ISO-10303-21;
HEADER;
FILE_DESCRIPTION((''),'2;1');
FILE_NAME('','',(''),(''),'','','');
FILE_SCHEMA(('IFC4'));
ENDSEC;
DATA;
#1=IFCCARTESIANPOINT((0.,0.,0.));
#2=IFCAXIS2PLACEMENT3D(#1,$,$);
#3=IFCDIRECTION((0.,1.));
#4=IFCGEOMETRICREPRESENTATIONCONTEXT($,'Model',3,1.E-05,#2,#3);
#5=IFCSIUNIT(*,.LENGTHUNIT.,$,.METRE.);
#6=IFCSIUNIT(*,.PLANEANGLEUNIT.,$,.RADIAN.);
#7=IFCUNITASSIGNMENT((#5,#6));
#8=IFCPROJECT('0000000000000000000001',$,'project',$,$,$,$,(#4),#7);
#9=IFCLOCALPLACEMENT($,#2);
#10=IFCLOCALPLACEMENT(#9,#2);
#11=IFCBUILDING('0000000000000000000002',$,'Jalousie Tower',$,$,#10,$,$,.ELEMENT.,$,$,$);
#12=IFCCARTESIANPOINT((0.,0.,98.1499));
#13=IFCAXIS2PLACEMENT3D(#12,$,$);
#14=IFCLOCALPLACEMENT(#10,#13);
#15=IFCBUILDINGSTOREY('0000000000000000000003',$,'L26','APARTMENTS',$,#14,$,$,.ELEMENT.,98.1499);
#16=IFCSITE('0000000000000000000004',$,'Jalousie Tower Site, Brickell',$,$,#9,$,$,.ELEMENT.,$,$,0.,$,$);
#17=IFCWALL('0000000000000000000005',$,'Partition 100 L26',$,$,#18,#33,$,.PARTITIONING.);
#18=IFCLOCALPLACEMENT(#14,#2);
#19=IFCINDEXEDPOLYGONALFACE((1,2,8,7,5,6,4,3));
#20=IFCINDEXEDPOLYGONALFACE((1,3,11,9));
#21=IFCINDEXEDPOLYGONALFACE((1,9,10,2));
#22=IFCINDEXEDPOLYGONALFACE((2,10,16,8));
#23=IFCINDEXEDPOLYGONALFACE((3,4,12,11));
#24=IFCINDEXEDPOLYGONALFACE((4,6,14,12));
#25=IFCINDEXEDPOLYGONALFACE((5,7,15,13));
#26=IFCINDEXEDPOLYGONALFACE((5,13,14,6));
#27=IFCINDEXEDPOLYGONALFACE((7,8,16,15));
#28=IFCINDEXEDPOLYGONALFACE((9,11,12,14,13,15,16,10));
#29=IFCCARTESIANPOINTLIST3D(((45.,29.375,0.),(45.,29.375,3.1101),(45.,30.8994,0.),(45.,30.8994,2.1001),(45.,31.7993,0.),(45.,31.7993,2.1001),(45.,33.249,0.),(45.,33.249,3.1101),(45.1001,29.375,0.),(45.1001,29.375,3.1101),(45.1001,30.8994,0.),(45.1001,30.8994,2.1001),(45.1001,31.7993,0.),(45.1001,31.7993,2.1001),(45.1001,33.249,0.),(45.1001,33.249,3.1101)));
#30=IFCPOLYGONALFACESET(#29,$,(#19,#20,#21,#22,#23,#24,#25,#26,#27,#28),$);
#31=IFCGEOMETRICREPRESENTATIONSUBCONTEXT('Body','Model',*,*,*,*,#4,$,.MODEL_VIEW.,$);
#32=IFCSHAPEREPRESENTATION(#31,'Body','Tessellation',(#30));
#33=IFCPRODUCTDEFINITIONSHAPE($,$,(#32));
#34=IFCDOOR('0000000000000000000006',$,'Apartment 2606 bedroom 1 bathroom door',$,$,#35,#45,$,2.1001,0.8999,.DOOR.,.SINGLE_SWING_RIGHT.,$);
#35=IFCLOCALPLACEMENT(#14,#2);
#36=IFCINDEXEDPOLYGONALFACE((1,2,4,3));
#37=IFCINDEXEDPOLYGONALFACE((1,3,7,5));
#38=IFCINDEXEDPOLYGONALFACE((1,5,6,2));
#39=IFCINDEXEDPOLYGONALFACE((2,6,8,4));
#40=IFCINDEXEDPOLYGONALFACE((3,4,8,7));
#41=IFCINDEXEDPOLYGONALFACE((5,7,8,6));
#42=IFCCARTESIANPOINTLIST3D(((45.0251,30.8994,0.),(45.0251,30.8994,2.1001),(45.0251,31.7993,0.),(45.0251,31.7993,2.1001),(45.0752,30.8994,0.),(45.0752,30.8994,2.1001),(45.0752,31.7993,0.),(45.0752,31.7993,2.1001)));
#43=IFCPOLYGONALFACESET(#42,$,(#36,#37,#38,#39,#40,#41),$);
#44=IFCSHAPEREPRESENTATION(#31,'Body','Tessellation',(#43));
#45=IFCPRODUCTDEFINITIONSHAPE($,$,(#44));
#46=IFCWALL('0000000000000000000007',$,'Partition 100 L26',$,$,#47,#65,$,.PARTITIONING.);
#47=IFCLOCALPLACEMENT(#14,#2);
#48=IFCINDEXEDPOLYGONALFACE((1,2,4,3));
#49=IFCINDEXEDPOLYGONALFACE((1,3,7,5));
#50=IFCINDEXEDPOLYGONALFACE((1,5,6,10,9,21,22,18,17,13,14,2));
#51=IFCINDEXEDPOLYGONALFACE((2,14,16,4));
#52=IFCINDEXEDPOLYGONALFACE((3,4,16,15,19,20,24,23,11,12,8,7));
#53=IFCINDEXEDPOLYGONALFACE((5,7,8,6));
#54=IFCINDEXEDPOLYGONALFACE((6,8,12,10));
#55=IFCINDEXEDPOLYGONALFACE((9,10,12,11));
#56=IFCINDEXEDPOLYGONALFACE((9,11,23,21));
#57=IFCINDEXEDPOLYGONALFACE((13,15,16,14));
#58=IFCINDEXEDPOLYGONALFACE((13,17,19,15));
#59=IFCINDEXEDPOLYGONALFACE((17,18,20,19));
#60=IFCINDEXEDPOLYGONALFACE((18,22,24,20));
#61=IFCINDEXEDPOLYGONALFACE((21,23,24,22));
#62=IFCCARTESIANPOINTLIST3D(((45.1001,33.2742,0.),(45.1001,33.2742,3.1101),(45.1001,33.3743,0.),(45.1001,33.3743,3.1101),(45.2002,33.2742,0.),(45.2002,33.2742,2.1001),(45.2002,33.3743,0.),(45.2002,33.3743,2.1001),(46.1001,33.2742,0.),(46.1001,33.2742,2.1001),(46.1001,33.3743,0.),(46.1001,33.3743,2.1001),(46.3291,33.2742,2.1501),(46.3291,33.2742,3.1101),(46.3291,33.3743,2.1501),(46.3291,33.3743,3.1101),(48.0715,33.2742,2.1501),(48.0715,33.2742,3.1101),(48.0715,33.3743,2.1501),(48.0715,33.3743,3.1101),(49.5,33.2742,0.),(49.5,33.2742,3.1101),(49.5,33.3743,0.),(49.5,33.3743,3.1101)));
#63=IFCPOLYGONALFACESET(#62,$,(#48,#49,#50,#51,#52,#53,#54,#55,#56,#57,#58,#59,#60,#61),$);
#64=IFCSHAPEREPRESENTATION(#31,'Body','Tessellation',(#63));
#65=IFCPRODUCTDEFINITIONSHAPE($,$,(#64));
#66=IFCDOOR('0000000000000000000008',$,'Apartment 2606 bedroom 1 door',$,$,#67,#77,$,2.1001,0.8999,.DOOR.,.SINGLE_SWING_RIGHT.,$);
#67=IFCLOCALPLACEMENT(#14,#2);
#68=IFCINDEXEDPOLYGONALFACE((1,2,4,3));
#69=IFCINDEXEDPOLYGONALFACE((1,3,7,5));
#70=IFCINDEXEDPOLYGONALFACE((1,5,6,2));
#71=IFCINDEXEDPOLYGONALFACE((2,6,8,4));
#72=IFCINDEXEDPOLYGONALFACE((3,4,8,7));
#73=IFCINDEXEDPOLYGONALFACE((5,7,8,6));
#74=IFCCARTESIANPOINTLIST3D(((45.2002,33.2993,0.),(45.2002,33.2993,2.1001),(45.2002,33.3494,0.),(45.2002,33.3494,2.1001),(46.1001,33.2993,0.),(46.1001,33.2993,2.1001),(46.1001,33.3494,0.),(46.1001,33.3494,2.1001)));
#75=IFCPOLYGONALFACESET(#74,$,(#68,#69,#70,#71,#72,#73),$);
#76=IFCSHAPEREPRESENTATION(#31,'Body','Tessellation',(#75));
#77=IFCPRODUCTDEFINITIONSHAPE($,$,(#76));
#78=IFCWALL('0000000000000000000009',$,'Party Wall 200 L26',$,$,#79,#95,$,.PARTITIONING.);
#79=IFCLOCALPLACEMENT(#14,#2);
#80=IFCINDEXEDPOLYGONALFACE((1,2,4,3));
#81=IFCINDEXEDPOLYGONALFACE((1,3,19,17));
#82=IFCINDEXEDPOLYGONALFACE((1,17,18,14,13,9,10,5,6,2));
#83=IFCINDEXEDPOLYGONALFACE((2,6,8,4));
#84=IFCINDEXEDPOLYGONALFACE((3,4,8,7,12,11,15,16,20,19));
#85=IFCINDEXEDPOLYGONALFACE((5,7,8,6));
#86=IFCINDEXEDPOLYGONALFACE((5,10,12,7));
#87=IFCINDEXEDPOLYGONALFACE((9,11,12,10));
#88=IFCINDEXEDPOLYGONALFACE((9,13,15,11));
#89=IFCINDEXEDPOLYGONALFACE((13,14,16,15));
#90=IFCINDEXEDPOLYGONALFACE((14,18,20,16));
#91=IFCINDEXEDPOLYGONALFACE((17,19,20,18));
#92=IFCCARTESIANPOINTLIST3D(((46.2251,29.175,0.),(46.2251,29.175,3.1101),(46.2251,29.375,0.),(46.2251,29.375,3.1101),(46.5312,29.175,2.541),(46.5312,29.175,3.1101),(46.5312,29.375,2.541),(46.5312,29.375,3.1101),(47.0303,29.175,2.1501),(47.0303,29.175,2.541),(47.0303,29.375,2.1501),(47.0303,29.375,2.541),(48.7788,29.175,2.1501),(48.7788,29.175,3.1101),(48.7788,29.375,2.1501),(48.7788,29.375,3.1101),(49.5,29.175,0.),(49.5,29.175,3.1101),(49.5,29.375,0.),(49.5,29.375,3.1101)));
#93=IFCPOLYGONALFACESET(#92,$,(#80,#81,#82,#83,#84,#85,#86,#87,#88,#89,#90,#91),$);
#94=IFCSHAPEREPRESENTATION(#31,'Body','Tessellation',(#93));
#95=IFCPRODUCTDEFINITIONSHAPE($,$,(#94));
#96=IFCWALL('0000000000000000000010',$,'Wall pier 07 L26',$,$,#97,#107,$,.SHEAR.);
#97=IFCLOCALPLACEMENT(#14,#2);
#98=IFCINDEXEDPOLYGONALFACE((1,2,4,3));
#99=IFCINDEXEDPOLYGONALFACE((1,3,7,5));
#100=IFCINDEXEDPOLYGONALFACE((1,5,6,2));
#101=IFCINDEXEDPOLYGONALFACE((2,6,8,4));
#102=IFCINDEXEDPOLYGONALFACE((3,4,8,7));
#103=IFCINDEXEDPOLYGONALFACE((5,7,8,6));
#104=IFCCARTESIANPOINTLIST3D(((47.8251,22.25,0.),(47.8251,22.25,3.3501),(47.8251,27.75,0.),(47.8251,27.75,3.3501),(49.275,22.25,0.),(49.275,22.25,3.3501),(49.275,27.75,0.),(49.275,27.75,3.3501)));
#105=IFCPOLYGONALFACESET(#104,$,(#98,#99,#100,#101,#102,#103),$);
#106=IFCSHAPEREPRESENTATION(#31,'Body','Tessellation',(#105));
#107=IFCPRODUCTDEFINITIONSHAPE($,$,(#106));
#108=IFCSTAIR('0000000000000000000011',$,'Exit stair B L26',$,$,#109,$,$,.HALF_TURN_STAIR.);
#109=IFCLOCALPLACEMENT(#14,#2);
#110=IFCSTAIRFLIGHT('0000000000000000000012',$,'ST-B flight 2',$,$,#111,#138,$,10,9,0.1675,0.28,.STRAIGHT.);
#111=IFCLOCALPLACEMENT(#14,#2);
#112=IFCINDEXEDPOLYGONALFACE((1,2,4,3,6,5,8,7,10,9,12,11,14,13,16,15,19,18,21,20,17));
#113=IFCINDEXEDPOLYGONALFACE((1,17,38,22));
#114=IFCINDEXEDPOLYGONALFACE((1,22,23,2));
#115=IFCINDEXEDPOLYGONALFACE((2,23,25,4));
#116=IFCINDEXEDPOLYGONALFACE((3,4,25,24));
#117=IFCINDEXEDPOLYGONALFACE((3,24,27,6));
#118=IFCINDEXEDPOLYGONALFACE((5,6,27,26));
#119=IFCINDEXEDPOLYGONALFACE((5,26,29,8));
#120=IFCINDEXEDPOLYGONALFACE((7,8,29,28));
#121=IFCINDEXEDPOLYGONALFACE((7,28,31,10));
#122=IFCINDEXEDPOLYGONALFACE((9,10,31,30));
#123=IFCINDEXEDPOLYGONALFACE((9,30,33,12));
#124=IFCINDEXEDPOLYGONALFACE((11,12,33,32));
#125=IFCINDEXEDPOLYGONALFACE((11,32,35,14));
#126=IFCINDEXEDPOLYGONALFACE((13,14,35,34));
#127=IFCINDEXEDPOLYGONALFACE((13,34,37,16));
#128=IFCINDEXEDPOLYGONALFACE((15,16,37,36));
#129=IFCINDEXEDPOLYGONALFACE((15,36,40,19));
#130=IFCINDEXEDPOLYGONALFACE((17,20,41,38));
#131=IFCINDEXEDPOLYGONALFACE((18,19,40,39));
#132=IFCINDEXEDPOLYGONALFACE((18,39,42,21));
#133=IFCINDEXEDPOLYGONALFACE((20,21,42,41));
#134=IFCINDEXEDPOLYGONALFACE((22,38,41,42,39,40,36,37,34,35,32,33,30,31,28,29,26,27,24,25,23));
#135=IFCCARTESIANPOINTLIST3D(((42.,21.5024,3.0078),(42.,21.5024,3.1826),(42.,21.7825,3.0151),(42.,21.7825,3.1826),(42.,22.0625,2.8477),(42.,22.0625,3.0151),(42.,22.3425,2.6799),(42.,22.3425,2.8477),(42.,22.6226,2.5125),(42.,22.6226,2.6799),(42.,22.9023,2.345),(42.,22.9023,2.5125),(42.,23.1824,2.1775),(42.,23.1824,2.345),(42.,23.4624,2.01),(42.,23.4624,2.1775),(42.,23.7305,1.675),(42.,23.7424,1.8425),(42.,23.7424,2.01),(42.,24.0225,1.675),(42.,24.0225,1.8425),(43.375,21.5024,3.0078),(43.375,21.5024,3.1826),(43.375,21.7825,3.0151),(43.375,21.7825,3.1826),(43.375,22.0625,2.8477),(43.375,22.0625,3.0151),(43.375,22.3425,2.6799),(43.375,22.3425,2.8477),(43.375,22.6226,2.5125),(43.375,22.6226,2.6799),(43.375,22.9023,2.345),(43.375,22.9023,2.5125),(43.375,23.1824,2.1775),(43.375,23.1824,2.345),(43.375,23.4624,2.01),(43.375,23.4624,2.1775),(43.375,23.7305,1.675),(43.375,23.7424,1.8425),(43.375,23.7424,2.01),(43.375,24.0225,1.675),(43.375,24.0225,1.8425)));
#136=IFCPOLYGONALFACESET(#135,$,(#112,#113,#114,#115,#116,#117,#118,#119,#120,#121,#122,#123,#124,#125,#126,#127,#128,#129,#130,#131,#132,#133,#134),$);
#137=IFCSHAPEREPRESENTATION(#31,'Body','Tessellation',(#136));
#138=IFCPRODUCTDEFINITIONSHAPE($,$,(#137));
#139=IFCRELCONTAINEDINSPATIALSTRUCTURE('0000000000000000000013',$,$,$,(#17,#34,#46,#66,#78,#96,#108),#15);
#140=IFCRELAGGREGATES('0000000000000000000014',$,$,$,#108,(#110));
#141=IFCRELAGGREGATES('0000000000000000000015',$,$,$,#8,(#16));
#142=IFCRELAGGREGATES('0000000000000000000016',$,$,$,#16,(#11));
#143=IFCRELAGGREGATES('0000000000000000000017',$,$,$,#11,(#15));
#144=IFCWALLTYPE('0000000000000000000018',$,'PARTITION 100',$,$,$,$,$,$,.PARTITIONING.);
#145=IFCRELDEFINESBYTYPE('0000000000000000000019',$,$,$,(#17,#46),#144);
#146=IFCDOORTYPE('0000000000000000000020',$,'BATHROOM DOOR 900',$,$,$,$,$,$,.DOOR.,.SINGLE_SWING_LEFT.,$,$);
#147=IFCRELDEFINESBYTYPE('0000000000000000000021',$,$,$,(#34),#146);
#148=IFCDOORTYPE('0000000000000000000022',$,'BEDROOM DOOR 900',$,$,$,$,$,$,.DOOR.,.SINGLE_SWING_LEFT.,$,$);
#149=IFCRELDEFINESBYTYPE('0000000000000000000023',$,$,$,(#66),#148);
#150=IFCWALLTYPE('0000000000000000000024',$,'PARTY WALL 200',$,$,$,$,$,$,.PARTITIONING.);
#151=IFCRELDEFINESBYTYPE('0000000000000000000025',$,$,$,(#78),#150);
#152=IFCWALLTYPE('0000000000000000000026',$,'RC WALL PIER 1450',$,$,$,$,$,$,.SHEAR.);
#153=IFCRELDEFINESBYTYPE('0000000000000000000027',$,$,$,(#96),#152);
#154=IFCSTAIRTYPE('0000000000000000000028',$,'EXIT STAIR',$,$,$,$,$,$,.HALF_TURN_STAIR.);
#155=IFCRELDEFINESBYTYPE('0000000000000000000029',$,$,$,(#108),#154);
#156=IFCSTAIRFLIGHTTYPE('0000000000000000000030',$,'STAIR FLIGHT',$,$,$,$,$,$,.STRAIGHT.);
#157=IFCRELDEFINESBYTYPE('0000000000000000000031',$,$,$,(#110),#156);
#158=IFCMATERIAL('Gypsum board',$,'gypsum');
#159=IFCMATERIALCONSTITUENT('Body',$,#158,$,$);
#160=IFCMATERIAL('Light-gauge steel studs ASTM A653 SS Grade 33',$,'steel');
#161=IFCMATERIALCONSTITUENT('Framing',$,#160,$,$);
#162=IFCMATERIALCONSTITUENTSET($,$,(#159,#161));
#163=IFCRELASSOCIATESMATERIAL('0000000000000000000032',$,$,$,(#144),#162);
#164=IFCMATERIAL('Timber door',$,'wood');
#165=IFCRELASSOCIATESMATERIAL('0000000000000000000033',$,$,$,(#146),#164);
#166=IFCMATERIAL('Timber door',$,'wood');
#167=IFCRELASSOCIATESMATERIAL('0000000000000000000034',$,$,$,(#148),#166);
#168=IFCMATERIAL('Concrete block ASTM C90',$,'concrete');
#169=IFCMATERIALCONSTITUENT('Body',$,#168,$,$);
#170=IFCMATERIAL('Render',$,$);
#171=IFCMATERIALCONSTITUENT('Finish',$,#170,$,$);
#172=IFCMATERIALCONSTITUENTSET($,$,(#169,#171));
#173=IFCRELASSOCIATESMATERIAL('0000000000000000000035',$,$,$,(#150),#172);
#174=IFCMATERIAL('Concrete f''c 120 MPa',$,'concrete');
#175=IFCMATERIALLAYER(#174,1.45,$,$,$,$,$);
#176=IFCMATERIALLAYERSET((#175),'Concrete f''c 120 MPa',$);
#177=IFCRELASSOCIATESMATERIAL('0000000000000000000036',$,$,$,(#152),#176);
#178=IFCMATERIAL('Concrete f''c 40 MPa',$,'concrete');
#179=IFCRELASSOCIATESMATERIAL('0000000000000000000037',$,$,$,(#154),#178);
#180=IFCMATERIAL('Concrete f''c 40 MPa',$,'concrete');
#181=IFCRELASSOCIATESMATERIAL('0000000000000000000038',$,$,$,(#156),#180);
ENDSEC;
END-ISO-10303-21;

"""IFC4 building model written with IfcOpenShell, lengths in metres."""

from ifc_helpers import new_model, si_unit, direction, frame, frame_2d, origin, place, context, subcontext, project, spatial, polyline, rectangle, outline, extrude, material, layer, layer_set, constituent, constituent_set, type_object, element, fill, aggregate, save


model = new_model("IFC4")

# Units and contexts
model_context = context("Model", 3, precision=1e-05, world=origin(), true_north=direction((0.0, 1.0)))
body_context = subcontext(model_context, "Body", "Model", "MODEL_VIEW")
ifc_project = project(units=[si_unit("LENGTHUNIT", "METRE"), si_unit("PLANEANGLEUNIT", "RADIAN")], contexts=[model_context])

# Site, building, storey
site_placement = place(None, origin())
site = spatial("IfcSite", under=ifc_project, at=site_placement, Name="Jalousie Tower Site, Brickell", CompositionType="ELEMENT", RefElevation=0.0)
building_placement = place(site_placement, origin())
building = spatial("IfcBuilding", under=site, at=building_placement, Name="Jalousie Tower", CompositionType="ELEMENT")
storey_placement = place(building_placement, frame((0.0, 0.0, 98.1499)))
storey = spatial("IfcBuildingStorey", under=building, at=storey_placement, Name="L26", Description="APARTMENTS", CompositionType="ELEMENT", Elevation=98.1499)

# Walls, openings, doors
ifc_material_1 = material(Name="Gypsum board", Category="gypsum")
ifc_constituent_1 = constituent(ifc_material_1, Name="Body")
ifc_material_2 = material(Name="Light-gauge steel studs ASTM A653 SS Grade 33", Category="steel")
ifc_constituent_2 = constituent(ifc_material_2, Name="Framing")
ifc_constituent_set_1 = constituent_set(constituents=[ifc_constituent_1, ifc_constituent_2])
wall_type_1 = type_object("IfcWallType", Name="PARTITION 100", PredefinedType="PARTITIONING", material=ifc_constituent_set_1)
wall_1_placement = place(storey_placement, frame((45.05, 33.249, 0.0), z_axis=(0.0, 0.0, 1.0), x_axis=(0.0, -1.0, 0.0)))
wall_1 = element("IfcWall", 1, at=wall_1_placement, inside=storey, type_object=wall_type_1, Name="Partition 100 L26", PredefinedType="PARTITIONING", context=body_context, shape_type="SweptSolid", body=[
    extrude(rectangle(XDim=3.874, YDim=0.1001, at=frame_2d((1.937, 0.0))), origin(), (0.0, 0.0, 1.0), 3.1101),
])
opening_1_placement = place(wall_1_placement, frame((1.4497, 0.0, 0.0)))
opening_1 = element("IfcOpeningElement", 2, at=opening_1_placement, cuts=wall_1, PredefinedType="OPENING", context=body_context, shape_type="SweptSolid", body=[
    extrude(rectangle(XDim=0.8999, YDim=2.1001, at=frame_2d((0.45, 1.05))), frame((0.0, 0.0601, 0.0), z_axis=(0.0, -1.0, 0.0), x_axis=(1.0, 0.0, 0.0)), (0.0, 0.0, 1.0), 0.1201),
])
ifc_material_3 = material(Name="Timber door", Category="wood")
door_type_1 = type_object("IfcDoorType", Name="BATHROOM DOOR 900", OperationType="SINGLE_SWING_LEFT", PredefinedType="DOOR", material=ifc_material_3)
door_1_placement = place(opening_1_placement, frame((0.8999, 0.0, 0.0), z_axis=(0.0, 0.0, 1.0), x_axis=(-1.0, 0.0, 0.0)))
door_1 = element("IfcDoor", 3, at=door_1_placement, inside=storey, type_object=door_type_1, Name="Apartment 2606 bedroom 1 bathroom door", OperationType="SINGLE_SWING_RIGHT", OverallHeight=2.1001, OverallWidth=0.8999, PredefinedType="DOOR", context=body_context, shape_type="SweptSolid", body=[
    extrude(rectangle(XDim=0.8999, YDim=2.1001, at=frame_2d((0.45, 1.05))), frame((0.0, 0.0249, 0.0), z_axis=(0.0, -1.0, 0.0), x_axis=(1.0, 0.0, 0.0)), (0.0, 0.0, 1.0), 0.05),
])
fill(opening_1, door_1)
wall_2_placement = place(storey_placement, frame((45.1001, 33.3242, 0.0), z_axis=(0.0, 0.0, 1.0), x_axis=(1.0, 0.0, 0.0)))
wall_2 = element("IfcWall", 4, at=wall_2_placement, inside=storey, type_object=wall_type_1, Name="Partition 100 L26", PredefinedType="PARTITIONING", context=body_context, shape_type="SweptSolid", body=[
    extrude(outline(polyline([(0.0, 0.0), (4.3999, 0.0), (4.3999, 3.1101), (2.9714, 3.1101), (2.9714, 2.1501), (1.229, 2.1501), (1.229, 3.1101), (0.0, 3.1101), (0.0, 0.0)])), frame((0.0, 0.05, 0.0), z_axis=(0.0, -1.0, 0.0), x_axis=(1.0, 0.0, 0.0)), (0.0, 0.0, 1.0), 0.1001),
])
opening_2_placement = place(wall_2_placement, frame((0.1001, 0.0, 0.0)))
opening_2 = element("IfcOpeningElement", 5, at=opening_2_placement, cuts=wall_2, PredefinedType="OPENING", context=body_context, shape_type="SweptSolid", body=[
    extrude(rectangle(XDim=0.8999, YDim=2.1001, at=frame_2d((0.45, 1.05))), frame((0.0, 0.0601, 0.0), z_axis=(0.0, -1.0, 0.0), x_axis=(1.0, 0.0, 0.0)), (0.0, 0.0, 1.0), 0.1201),
])
ifc_material_4 = material(Name="Timber door", Category="wood")
door_type_2 = type_object("IfcDoorType", Name="BEDROOM DOOR 900", OperationType="SINGLE_SWING_LEFT", PredefinedType="DOOR", material=ifc_material_4)
door_2_placement = place(opening_2_placement, frame((0.8999, 0.0, 0.0), z_axis=(0.0, 0.0, 1.0), x_axis=(-1.0, 0.0, 0.0)))
door_2 = element("IfcDoor", 6, at=door_2_placement, inside=storey, type_object=door_type_2, Name="Apartment 2606 bedroom 1 door", OperationType="SINGLE_SWING_RIGHT", OverallHeight=2.1001, OverallWidth=0.8999, PredefinedType="DOOR", context=body_context, shape_type="SweptSolid", body=[
    extrude(rectangle(XDim=0.8999, YDim=2.1001, at=frame_2d((0.45, 1.05))), frame((0.0, 0.0249, 0.0), z_axis=(0.0, -1.0, 0.0), x_axis=(1.0, 0.0, 0.0)), (0.0, 0.0, 1.0), 0.05),
])
fill(opening_2, door_2)

# Walls
ifc_material_5 = material(Name="Concrete block ASTM C90", Category="concrete")
ifc_constituent_3 = constituent(ifc_material_5, Name="Body")
ifc_material_6 = material(Name="Render")
ifc_constituent_4 = constituent(ifc_material_6, Name="Finish")
ifc_constituent_set_2 = constituent_set(constituents=[ifc_constituent_3, ifc_constituent_4])
wall_type_2 = type_object("IfcWallType", Name="PARTY WALL 200", PredefinedType="PARTITIONING", material=ifc_constituent_set_2)
wall_3_placement = place(storey_placement, frame((46.2251, 29.2749, 0.0), z_axis=(0.0, 0.0, 1.0), x_axis=(1.0, 0.0, 0.0)))
element("IfcWall", 7, at=wall_3_placement, inside=storey, type_object=wall_type_2, Name="Party Wall 200 L26", PredefinedType="PARTITIONING", context=body_context, shape_type="SweptSolid", body=[
    extrude(outline(polyline([(0.0, 0.0), (3.2749, 0.0), (3.2749, 3.1101), (2.5537, 3.1101), (2.5537, 2.1501), (0.8052, 2.1501), (0.8052, 2.541), (0.3062, 2.541), (0.3062, 3.1101), (0.0, 3.1101), (0.0, 0.0)])), frame((0.0, 0.1001, 0.0), z_axis=(0.0, -1.0, 0.0), x_axis=(1.0, 0.0, 0.0)), (0.0, 0.0, 1.0), 0.2),
])
ifc_material_7 = material(Name="Concrete f'c 120 MPa", Category="concrete")
ifc_layer_1 = layer(ifc_material_7, 1.45)
ifc_layer_set_1 = layer_set([ifc_layer_1], Name="Concrete f'c 120 MPa")
wall_type_3 = type_object("IfcWallType", Name="RC WALL PIER 1450", PredefinedType="SHEAR", material=ifc_layer_set_1)
wall_4_placement = place(storey_placement, frame((48.55, 22.25, 0.0), z_axis=(0.0, 0.0, 1.0), x_axis=(0.0, 1.0, 0.0)))
element("IfcWall", 8, at=wall_4_placement, inside=storey, type_object=wall_type_3, Name="Wall pier 07 L26", PredefinedType="SHEAR", context=body_context, shape_type="SweptSolid", body=[
    extrude(rectangle(XDim=5.5, YDim=1.45, at=frame_2d((2.75, 0.0))), origin(), (0.0, 0.0, 1.0), 3.3501),
])

# Stair, stair flight
ifc_material_8 = material(Name="Concrete f'c 40 MPa", Category="concrete")
stair_type = type_object("IfcStairType", Name="EXIT STAIR", PredefinedType="HALF_TURN_STAIR", material=ifc_material_8)
stair_placement = place(storey_placement, origin())
stair = element("IfcStair", 9, at=stair_placement, inside=storey, type_object=stair_type, Name="Exit stair B L26", PredefinedType="HALF_TURN_STAIR")
ifc_material_9 = material(Name="Concrete f'c 40 MPa", Category="concrete")
stair_flight_type = type_object("IfcStairFlightType", Name="STAIR FLIGHT", PredefinedType="STRAIGHT", material=ifc_material_9)
stair_flight_placement = place(storey_placement, frame((42.6875, 24.0225, 1.675), z_axis=(0.0, 0.0, 1.0), x_axis=(0.0, -1.0, 0.0)))
stair_flight = element("IfcStairFlight", 10, at=stair_flight_placement, type_object=stair_flight_type, Name="ST-B flight 2", NumberOfRisers=10, NumberOfTreads=9, PredefinedType="STRAIGHT", RiserHeight=0.1675, TreadLength=0.28, context=body_context, shape_type="SweptSolid", body=[
    extrude(outline(polyline([(0.0, 0.0), (0.0, 0.1675), (0.28, 0.1675), (0.28, 0.335), (0.5601, 0.335), (0.5601, 0.5024), (0.8401, 0.5024), (0.8401, 0.6699), (1.1201, 0.6699), (1.1201, 0.8374), (1.3999, 0.8374), (1.3999, 1.0049), (1.6799, 1.0049), (1.6799, 1.1726), (1.96, 1.1726), (1.96, 1.3401), (2.24, 1.3401), (2.24, 1.5076), (2.52, 1.5076), (2.52, 1.675), (2.52, 1.3328), (0.292, 0.0), (0.0, 0.0)])), frame((0.0, 0.6875, 0.0), z_axis=(0.0, -1.0, 0.0), x_axis=(1.0, 0.0, 0.0)), (0.0, 0.0, 1.0), 1.375),
])
aggregate(stair, [stair_flight])

save(model, "model.ifc")
